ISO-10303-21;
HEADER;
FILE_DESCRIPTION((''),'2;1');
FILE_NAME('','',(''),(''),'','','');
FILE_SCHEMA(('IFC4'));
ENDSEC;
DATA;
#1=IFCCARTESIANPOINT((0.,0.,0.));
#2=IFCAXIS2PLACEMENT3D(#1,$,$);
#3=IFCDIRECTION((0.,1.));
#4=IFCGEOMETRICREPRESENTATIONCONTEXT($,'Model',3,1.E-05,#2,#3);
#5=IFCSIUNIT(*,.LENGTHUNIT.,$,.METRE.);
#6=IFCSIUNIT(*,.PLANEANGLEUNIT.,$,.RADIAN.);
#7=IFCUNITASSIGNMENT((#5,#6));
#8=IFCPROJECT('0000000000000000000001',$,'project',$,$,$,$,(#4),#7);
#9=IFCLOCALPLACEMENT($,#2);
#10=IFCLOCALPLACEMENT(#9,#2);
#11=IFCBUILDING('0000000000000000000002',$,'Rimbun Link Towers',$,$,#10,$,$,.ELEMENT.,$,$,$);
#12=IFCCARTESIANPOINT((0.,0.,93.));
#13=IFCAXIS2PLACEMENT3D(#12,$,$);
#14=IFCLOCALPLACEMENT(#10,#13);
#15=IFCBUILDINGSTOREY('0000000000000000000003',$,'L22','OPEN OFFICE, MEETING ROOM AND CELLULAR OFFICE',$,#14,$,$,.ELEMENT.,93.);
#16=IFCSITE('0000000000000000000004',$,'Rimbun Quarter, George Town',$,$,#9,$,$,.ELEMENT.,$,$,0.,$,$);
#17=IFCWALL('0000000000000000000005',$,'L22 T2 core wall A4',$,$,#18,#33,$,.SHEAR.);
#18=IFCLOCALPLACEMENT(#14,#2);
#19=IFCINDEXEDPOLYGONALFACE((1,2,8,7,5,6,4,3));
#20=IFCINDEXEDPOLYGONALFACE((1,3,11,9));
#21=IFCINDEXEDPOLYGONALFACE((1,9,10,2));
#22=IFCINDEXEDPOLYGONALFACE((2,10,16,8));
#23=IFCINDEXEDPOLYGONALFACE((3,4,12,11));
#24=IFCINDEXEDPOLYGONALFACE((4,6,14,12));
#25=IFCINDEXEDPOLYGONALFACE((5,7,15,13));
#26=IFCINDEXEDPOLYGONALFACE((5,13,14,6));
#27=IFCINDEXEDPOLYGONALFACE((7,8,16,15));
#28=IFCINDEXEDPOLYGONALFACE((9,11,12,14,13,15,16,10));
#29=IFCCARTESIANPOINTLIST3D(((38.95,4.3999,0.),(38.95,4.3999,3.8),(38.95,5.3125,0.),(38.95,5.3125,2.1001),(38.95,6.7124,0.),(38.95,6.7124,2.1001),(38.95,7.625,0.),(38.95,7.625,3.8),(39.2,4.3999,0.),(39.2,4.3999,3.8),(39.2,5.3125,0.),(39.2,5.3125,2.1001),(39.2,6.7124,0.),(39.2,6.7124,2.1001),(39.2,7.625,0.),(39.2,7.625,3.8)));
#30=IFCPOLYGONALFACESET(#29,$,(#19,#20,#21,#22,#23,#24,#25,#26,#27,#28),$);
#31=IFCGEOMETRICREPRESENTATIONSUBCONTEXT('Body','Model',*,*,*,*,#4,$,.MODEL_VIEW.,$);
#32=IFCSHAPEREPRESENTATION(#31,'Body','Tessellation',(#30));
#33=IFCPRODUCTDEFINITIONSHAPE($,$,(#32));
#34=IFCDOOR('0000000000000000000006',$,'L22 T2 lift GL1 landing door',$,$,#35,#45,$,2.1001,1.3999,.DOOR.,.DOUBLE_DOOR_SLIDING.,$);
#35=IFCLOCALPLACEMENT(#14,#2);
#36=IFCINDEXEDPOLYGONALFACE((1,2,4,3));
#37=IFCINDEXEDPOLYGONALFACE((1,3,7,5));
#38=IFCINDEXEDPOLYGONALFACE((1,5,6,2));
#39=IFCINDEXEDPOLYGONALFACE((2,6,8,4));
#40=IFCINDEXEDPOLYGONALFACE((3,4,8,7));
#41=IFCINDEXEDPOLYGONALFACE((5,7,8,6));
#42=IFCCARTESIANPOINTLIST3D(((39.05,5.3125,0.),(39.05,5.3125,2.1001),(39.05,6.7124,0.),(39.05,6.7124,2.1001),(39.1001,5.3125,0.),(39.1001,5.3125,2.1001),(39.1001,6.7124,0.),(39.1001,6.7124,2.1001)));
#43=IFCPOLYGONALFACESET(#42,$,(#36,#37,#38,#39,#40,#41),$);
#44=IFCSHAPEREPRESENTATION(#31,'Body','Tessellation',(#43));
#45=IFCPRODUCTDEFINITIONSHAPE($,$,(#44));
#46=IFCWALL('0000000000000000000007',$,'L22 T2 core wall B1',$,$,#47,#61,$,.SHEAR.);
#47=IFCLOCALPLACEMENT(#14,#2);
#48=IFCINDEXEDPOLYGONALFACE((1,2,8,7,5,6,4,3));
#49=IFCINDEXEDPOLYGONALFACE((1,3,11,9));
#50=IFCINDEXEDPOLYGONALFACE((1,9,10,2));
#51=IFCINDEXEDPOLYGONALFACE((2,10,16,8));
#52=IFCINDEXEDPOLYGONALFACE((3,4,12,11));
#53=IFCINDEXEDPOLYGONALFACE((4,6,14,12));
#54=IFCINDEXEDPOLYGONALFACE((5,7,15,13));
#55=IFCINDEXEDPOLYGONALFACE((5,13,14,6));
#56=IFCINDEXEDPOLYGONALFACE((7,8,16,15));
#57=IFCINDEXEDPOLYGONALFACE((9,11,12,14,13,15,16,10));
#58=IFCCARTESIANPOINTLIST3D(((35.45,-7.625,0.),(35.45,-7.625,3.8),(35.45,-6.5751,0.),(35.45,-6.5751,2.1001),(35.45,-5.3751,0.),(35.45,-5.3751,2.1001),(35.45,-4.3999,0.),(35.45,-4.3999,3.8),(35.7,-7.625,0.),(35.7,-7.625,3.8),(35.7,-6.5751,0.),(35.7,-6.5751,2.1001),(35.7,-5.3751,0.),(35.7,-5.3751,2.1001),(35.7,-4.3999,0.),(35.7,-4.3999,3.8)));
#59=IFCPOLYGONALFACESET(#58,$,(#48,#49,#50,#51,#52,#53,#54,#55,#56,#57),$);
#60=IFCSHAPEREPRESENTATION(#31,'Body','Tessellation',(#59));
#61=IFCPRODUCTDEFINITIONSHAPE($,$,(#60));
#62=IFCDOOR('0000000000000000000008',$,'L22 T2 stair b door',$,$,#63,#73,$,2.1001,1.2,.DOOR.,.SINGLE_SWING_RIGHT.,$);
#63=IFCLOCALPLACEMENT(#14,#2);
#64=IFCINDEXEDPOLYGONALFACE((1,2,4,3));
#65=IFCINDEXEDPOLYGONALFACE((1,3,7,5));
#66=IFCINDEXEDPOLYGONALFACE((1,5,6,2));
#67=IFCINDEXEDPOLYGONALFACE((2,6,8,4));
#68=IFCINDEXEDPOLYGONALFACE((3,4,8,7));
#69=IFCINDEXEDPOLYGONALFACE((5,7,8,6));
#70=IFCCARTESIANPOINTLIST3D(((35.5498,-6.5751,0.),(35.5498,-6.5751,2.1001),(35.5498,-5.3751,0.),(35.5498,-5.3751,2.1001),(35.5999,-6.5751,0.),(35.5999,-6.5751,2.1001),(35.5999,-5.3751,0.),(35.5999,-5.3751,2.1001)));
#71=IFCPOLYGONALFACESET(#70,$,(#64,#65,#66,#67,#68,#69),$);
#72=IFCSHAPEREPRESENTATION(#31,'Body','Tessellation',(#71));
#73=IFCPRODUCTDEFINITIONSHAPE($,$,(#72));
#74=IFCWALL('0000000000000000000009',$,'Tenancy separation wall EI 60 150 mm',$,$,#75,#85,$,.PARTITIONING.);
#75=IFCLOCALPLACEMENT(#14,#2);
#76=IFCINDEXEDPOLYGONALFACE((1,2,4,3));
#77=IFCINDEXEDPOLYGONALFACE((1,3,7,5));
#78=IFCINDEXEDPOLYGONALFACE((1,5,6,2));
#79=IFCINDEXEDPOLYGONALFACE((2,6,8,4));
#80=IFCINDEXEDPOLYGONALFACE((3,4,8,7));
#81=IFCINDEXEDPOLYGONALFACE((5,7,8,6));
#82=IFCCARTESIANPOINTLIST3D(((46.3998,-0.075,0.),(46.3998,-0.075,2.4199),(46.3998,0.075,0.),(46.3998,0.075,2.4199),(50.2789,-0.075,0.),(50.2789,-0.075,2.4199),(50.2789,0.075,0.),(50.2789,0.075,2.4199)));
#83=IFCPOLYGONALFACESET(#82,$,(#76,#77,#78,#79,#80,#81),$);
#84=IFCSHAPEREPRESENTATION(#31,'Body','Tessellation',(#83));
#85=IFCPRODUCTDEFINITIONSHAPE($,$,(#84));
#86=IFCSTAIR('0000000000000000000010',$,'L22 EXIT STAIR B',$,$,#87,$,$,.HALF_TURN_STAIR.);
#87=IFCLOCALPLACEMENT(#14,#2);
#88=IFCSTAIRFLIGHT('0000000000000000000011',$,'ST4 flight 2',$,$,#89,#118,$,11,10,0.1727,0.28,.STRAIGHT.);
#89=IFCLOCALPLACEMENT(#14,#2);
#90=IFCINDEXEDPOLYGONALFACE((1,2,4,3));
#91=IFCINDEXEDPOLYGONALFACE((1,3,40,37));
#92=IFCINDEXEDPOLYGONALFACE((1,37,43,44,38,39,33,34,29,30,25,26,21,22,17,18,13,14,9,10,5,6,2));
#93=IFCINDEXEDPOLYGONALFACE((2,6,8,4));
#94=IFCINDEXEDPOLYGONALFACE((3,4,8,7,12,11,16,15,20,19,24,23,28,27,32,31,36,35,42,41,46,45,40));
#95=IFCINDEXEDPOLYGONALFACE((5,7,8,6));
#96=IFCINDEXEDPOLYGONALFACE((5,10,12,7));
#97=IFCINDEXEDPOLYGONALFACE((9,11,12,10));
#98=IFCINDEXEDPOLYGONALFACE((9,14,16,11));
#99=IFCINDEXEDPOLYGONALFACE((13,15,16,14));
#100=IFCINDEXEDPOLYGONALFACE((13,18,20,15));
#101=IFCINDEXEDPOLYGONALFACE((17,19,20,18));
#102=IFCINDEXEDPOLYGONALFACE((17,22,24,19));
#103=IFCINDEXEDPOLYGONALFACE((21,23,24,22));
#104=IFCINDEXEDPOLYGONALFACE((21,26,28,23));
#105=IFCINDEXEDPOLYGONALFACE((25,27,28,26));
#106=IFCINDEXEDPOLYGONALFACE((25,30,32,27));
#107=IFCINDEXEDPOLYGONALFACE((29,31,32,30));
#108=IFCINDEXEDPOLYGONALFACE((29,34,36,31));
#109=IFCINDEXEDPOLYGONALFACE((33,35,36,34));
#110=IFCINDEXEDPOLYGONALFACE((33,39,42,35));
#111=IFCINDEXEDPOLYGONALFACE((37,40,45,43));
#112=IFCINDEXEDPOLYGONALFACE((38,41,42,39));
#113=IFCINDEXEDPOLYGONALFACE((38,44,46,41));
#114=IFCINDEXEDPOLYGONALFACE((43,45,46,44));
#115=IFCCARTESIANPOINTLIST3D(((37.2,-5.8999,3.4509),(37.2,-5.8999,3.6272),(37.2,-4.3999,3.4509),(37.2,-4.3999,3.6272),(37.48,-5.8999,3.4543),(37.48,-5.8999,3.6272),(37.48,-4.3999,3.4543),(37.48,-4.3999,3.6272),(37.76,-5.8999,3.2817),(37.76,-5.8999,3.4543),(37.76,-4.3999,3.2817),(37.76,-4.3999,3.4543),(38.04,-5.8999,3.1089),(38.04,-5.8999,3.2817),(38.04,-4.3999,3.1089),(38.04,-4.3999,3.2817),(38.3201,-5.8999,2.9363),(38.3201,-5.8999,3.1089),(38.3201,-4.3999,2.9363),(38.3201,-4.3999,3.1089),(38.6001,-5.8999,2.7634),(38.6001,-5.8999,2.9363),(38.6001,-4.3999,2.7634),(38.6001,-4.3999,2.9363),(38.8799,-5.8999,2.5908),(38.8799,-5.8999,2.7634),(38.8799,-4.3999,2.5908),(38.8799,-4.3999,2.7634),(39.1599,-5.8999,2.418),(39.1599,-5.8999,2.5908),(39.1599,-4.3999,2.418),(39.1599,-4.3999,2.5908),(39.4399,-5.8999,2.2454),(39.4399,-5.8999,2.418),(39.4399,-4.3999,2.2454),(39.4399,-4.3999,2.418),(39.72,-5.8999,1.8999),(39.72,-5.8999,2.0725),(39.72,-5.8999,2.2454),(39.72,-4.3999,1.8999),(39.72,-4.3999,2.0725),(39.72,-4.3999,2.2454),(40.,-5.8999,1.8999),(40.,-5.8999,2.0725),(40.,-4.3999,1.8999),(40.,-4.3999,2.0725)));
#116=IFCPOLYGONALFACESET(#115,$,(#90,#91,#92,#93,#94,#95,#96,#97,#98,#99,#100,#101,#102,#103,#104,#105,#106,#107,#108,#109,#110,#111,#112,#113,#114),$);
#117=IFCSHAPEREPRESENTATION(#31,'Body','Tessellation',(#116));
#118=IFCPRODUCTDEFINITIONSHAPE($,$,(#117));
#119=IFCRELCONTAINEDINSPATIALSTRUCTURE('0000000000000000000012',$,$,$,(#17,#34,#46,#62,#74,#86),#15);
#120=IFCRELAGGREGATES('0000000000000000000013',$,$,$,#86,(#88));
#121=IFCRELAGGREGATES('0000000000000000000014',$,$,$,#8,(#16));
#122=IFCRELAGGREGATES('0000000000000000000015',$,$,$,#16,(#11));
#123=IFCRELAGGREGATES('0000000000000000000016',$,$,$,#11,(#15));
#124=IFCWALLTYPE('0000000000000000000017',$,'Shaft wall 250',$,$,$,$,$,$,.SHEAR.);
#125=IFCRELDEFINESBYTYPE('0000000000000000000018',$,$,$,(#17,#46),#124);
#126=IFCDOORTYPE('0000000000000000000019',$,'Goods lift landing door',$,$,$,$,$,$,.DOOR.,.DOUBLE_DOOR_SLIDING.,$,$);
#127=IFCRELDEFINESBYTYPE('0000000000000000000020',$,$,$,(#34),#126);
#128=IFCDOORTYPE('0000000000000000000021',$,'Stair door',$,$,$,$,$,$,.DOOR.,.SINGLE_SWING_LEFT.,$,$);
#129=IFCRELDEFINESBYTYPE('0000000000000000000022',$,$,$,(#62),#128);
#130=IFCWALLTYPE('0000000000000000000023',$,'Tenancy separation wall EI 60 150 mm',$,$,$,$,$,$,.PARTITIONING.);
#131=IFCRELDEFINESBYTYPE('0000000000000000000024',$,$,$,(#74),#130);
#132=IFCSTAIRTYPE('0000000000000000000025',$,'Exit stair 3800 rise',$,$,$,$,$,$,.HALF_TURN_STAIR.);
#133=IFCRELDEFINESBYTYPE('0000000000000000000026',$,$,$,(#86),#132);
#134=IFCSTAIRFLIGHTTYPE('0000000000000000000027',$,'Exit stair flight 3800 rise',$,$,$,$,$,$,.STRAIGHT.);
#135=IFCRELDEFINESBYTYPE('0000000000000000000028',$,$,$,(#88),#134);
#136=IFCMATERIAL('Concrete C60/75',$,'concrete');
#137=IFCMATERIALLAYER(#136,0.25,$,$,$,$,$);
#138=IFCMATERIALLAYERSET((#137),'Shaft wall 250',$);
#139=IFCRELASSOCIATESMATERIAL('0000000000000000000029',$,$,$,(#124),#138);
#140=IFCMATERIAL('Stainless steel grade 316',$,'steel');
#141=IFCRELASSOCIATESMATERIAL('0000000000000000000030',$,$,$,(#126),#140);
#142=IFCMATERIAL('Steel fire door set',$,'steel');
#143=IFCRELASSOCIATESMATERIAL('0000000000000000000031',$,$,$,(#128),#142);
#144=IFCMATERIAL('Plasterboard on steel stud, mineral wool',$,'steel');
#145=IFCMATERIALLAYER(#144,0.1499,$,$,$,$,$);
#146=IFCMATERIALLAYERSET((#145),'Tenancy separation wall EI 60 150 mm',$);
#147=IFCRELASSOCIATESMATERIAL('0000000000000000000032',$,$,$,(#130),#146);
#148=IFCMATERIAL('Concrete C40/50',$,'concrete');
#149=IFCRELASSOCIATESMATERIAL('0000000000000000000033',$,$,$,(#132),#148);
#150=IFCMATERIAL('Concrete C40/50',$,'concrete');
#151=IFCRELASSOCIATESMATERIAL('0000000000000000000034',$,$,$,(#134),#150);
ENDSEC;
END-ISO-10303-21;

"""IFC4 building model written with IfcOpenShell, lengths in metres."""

from ifc_helpers import new_model, si_unit, direction, frame, frame_2d, origin, place, context, subcontext, project, spatial, polyline, rectangle, outline, extrude, material, layer, layer_set, type_object, element, fill, aggregate, save


model = new_model("IFC4")

# Units and contexts
model_context = context("Model", 3, precision=1e-05, world=origin(), true_north=direction((0.0, 1.0)))
body_context = subcontext(model_context, "Body", "Model", "MODEL_VIEW")
ifc_project = project(units=[si_unit("LENGTHUNIT", "METRE"), si_unit("PLANEANGLEUNIT", "RADIAN")], contexts=[model_context])

# Site, building, storey
site_placement = place(None, origin())
site = spatial("IfcSite", under=ifc_project, at=site_placement, Name="Rimbun Quarter, George Town", CompositionType="ELEMENT", RefElevation=0.0)
building_placement = place(site_placement, origin())
building = spatial("IfcBuilding", under=site, at=building_placement, Name="Rimbun Link Towers", CompositionType="ELEMENT")
storey_placement = place(building_placement, frame((0.0, 0.0, 93.0)))
storey = spatial("IfcBuildingStorey", under=building, at=storey_placement, Name="L22", Description="OPEN OFFICE, MEETING ROOM AND CELLULAR OFFICE", CompositionType="ELEMENT", Elevation=93.0)

# Shared definitions
ifc_material_1 = material(Name="Concrete C60/75", Category="concrete")
ifc_layer_1 = layer(ifc_material_1, 0.25)
ifc_layer_set_1 = layer_set([ifc_layer_1], Name="Shaft wall 250")
wall_type_1 = type_object("IfcWallType", Name="Shaft wall 250", PredefinedType="SHEAR", material=ifc_layer_set_1)

# Walls, openings, doors
wall_1_placement = place(storey_placement, frame((39.075, 4.3999, 0.0), z_axis=(0.0, 0.0, 1.0), x_axis=(0.0, 1.0, 0.0)))
wall_1 = element("IfcWall", 1, at=wall_1_placement, inside=storey, type_object=wall_type_1, Name="L22 T2 core wall A4", PredefinedType="SHEAR", context=body_context, shape_type="SweptSolid", body=[
    extrude(rectangle(XDim=3.2251, YDim=0.25, at=frame_2d((1.6125, 0.0))), origin(), (0.0, 0.0, 1.0), 3.8),
])
opening_1_placement = place(wall_1_placement, frame((0.9126, 0.0, 0.0)))
opening_1 = element("IfcOpeningElement", 2, at=opening_1_placement, cuts=wall_1, PredefinedType="OPENING", context=body_context, shape_type="SweptSolid", body=[
    extrude(rectangle(XDim=1.3999, YDim=2.1001, at=frame_2d((0.7, 1.05))), frame((0.0, 0.135, 0.0), z_axis=(0.0, -1.0, 0.0), x_axis=(1.0, 0.0, 0.0)), (0.0, 0.0, 1.0), 0.27),
])
ifc_material_2 = material(Name="Stainless steel grade 316", Category="steel")
door_type_1 = type_object("IfcDoorType", Name="Goods lift landing door", OperationType="DOUBLE_DOOR_SLIDING", PredefinedType="DOOR", material=ifc_material_2)
door_1_placement = place(opening_1_placement, origin())
door_1 = element("IfcDoor", 3, at=door_1_placement, inside=storey, type_object=door_type_1, Name="L22 T2 lift GL1 landing door", OperationType="DOUBLE_DOOR_SLIDING", OverallHeight=2.1001, OverallWidth=1.3999, PredefinedType="DOOR", context=body_context, shape_type="SweptSolid", body=[
    extrude(rectangle(XDim=1.3999, YDim=2.1001, at=frame_2d((0.7, 1.05))), frame((0.0, 0.0249, 0.0), z_axis=(0.0, -1.0, 0.0), x_axis=(1.0, 0.0, 0.0)), (0.0, 0.0, 1.0), 0.05),
])
fill(opening_1, door_1)
wall_2_placement = place(storey_placement, frame((35.575, -4.3999, 0.0), z_axis=(0.0, 0.0, 1.0), x_axis=(0.0, -1.0, 0.0)))
wall_2 = element("IfcWall", 4, at=wall_2_placement, inside=storey, type_object=wall_type_1, Name="L22 T2 core wall B1", PredefinedType="SHEAR", context=body_context, shape_type="SweptSolid", body=[
    extrude(rectangle(XDim=3.2251, YDim=0.25, at=frame_2d((1.6125, 0.0))), origin(), (0.0, 0.0, 1.0), 3.8),
])
opening_2_placement = place(wall_2_placement, frame((0.9751, 0.0, 0.0)))
opening_2 = element("IfcOpeningElement", 5, at=opening_2_placement, cuts=wall_2, PredefinedType="OPENING", context=body_context, shape_type="SweptSolid", body=[
    extrude(rectangle(XDim=1.2, YDim=2.1001, at=frame_2d((0.6001, 1.05))), frame((0.0, 0.135, 0.0), z_axis=(0.0, -1.0, 0.0), x_axis=(1.0, 0.0, 0.0)), (0.0, 0.0, 1.0), 0.27),
])
ifc_material_3 = material(Name="Steel fire door set", Category="steel")
door_type_2 = type_object("IfcDoorType", Name="Stair door", OperationType="SINGLE_SWING_LEFT", PredefinedType="DOOR", material=ifc_material_3)
door_2_placement = place(opening_2_placement, origin())
door_2 = element("IfcDoor", 6, at=door_2_placement, inside=storey, type_object=door_type_2, Name="L22 T2 stair b door", OperationType="SINGLE_SWING_RIGHT", OverallHeight=2.1001, OverallWidth=1.2, PredefinedType="DOOR", context=body_context, shape_type="SweptSolid", body=[
    extrude(rectangle(XDim=1.2, YDim=2.1001, at=frame_2d((0.6001, 1.05))), frame((0.0, 0.0249, 0.0), z_axis=(0.0, -1.0, 0.0), x_axis=(1.0, 0.0, 0.0)), (0.0, 0.0, 1.0), 0.05),
])
fill(opening_2, door_2)

# Wall
ifc_material_4 = material(Name="Plasterboard on steel stud, mineral wool", Category="steel")
ifc_layer_2 = layer(ifc_material_4, 0.1499)
ifc_layer_set_2 = layer_set([ifc_layer_2], Name="Tenancy separation wall EI 60 150 mm")
wall_type_2 = type_object("IfcWallType", Name="Tenancy separation wall EI 60 150 mm", PredefinedType="PARTITIONING", material=ifc_layer_set_2)
wall_3_placement = place(storey_placement, frame((46.3999, 0.0, 0.0), z_axis=(0.0, 0.0, 1.0), x_axis=(1.0, 0.0, 0.0)))
element("IfcWall", 7, at=wall_3_placement, inside=storey, type_object=wall_type_2, Name="Tenancy separation wall EI 60 150 mm", PredefinedType="PARTITIONING", context=body_context, shape_type="SweptSolid", body=[
    extrude(rectangle(XDim=3.8792, YDim=0.1499, at=frame_2d((1.9395, 0.0))), origin(), (0.0, 0.0, 1.0), 2.4199),
])

# Stair, stair flight
ifc_material_5 = material(Name="Concrete C40/50", Category="concrete")
stair_type = type_object("IfcStairType", Name="Exit stair 3800 rise", PredefinedType="HALF_TURN_STAIR", material=ifc_material_5)
stair_placement = place(storey_placement, origin())
stair = element("IfcStair", 8, at=stair_placement, inside=storey, type_object=stair_type, Name="L22 EXIT STAIR B", PredefinedType="HALF_TURN_STAIR")
ifc_material_6 = material(Name="Concrete C40/50", Category="concrete")
stair_flight_type = type_object("IfcStairFlightType", Name="Exit stair flight 3800 rise", PredefinedType="STRAIGHT", material=ifc_material_6)
stair_flight_placement = place(storey_placement, frame((40.0, -5.1499, 1.8999), z_axis=(0.0, 0.0, 1.0), x_axis=(-1.0, 0.0, 0.0)))
stair_flight = element("IfcStairFlight", 9, at=stair_flight_placement, type_object=stair_flight_type, Name="ST4 flight 2", NumberOfRisers=11, NumberOfTreads=10, PredefinedType="STRAIGHT", RiserHeight=0.1727, TreadLength=0.28, context=body_context, shape_type="SweptSolid", body=[
    extrude(outline(polyline([(0.0, 0.0), (0.0, 0.1726), (0.28, 0.1726), (0.28, 0.3455), (0.5601, 0.3455), (0.5601, 0.5181), (0.8401, 0.5181), (0.8401, 0.6909), (1.1201, 0.6909), (1.1201, 0.8635), (1.3999, 0.8635), (1.3999, 1.0364), (1.6799, 1.0364), (1.6799, 1.209), (1.96, 1.209), (1.96, 1.3818), (2.24, 1.3818), (2.24, 1.5544), (2.52, 1.5544), (2.52, 1.7273), (2.8, 1.7273), (2.8, 1.8999), (2.8, 1.551), (0.28, 0.0), (0.0, 0.0)])), frame((0.0, 0.75, 0.0), z_axis=(0.0, -1.0, 0.0), x_axis=(1.0, 0.0, 0.0)), (0.0, 0.0, 1.0), 1.5),
])
aggregate(stair, [stair_flight])

save(model, "model.ifc")
